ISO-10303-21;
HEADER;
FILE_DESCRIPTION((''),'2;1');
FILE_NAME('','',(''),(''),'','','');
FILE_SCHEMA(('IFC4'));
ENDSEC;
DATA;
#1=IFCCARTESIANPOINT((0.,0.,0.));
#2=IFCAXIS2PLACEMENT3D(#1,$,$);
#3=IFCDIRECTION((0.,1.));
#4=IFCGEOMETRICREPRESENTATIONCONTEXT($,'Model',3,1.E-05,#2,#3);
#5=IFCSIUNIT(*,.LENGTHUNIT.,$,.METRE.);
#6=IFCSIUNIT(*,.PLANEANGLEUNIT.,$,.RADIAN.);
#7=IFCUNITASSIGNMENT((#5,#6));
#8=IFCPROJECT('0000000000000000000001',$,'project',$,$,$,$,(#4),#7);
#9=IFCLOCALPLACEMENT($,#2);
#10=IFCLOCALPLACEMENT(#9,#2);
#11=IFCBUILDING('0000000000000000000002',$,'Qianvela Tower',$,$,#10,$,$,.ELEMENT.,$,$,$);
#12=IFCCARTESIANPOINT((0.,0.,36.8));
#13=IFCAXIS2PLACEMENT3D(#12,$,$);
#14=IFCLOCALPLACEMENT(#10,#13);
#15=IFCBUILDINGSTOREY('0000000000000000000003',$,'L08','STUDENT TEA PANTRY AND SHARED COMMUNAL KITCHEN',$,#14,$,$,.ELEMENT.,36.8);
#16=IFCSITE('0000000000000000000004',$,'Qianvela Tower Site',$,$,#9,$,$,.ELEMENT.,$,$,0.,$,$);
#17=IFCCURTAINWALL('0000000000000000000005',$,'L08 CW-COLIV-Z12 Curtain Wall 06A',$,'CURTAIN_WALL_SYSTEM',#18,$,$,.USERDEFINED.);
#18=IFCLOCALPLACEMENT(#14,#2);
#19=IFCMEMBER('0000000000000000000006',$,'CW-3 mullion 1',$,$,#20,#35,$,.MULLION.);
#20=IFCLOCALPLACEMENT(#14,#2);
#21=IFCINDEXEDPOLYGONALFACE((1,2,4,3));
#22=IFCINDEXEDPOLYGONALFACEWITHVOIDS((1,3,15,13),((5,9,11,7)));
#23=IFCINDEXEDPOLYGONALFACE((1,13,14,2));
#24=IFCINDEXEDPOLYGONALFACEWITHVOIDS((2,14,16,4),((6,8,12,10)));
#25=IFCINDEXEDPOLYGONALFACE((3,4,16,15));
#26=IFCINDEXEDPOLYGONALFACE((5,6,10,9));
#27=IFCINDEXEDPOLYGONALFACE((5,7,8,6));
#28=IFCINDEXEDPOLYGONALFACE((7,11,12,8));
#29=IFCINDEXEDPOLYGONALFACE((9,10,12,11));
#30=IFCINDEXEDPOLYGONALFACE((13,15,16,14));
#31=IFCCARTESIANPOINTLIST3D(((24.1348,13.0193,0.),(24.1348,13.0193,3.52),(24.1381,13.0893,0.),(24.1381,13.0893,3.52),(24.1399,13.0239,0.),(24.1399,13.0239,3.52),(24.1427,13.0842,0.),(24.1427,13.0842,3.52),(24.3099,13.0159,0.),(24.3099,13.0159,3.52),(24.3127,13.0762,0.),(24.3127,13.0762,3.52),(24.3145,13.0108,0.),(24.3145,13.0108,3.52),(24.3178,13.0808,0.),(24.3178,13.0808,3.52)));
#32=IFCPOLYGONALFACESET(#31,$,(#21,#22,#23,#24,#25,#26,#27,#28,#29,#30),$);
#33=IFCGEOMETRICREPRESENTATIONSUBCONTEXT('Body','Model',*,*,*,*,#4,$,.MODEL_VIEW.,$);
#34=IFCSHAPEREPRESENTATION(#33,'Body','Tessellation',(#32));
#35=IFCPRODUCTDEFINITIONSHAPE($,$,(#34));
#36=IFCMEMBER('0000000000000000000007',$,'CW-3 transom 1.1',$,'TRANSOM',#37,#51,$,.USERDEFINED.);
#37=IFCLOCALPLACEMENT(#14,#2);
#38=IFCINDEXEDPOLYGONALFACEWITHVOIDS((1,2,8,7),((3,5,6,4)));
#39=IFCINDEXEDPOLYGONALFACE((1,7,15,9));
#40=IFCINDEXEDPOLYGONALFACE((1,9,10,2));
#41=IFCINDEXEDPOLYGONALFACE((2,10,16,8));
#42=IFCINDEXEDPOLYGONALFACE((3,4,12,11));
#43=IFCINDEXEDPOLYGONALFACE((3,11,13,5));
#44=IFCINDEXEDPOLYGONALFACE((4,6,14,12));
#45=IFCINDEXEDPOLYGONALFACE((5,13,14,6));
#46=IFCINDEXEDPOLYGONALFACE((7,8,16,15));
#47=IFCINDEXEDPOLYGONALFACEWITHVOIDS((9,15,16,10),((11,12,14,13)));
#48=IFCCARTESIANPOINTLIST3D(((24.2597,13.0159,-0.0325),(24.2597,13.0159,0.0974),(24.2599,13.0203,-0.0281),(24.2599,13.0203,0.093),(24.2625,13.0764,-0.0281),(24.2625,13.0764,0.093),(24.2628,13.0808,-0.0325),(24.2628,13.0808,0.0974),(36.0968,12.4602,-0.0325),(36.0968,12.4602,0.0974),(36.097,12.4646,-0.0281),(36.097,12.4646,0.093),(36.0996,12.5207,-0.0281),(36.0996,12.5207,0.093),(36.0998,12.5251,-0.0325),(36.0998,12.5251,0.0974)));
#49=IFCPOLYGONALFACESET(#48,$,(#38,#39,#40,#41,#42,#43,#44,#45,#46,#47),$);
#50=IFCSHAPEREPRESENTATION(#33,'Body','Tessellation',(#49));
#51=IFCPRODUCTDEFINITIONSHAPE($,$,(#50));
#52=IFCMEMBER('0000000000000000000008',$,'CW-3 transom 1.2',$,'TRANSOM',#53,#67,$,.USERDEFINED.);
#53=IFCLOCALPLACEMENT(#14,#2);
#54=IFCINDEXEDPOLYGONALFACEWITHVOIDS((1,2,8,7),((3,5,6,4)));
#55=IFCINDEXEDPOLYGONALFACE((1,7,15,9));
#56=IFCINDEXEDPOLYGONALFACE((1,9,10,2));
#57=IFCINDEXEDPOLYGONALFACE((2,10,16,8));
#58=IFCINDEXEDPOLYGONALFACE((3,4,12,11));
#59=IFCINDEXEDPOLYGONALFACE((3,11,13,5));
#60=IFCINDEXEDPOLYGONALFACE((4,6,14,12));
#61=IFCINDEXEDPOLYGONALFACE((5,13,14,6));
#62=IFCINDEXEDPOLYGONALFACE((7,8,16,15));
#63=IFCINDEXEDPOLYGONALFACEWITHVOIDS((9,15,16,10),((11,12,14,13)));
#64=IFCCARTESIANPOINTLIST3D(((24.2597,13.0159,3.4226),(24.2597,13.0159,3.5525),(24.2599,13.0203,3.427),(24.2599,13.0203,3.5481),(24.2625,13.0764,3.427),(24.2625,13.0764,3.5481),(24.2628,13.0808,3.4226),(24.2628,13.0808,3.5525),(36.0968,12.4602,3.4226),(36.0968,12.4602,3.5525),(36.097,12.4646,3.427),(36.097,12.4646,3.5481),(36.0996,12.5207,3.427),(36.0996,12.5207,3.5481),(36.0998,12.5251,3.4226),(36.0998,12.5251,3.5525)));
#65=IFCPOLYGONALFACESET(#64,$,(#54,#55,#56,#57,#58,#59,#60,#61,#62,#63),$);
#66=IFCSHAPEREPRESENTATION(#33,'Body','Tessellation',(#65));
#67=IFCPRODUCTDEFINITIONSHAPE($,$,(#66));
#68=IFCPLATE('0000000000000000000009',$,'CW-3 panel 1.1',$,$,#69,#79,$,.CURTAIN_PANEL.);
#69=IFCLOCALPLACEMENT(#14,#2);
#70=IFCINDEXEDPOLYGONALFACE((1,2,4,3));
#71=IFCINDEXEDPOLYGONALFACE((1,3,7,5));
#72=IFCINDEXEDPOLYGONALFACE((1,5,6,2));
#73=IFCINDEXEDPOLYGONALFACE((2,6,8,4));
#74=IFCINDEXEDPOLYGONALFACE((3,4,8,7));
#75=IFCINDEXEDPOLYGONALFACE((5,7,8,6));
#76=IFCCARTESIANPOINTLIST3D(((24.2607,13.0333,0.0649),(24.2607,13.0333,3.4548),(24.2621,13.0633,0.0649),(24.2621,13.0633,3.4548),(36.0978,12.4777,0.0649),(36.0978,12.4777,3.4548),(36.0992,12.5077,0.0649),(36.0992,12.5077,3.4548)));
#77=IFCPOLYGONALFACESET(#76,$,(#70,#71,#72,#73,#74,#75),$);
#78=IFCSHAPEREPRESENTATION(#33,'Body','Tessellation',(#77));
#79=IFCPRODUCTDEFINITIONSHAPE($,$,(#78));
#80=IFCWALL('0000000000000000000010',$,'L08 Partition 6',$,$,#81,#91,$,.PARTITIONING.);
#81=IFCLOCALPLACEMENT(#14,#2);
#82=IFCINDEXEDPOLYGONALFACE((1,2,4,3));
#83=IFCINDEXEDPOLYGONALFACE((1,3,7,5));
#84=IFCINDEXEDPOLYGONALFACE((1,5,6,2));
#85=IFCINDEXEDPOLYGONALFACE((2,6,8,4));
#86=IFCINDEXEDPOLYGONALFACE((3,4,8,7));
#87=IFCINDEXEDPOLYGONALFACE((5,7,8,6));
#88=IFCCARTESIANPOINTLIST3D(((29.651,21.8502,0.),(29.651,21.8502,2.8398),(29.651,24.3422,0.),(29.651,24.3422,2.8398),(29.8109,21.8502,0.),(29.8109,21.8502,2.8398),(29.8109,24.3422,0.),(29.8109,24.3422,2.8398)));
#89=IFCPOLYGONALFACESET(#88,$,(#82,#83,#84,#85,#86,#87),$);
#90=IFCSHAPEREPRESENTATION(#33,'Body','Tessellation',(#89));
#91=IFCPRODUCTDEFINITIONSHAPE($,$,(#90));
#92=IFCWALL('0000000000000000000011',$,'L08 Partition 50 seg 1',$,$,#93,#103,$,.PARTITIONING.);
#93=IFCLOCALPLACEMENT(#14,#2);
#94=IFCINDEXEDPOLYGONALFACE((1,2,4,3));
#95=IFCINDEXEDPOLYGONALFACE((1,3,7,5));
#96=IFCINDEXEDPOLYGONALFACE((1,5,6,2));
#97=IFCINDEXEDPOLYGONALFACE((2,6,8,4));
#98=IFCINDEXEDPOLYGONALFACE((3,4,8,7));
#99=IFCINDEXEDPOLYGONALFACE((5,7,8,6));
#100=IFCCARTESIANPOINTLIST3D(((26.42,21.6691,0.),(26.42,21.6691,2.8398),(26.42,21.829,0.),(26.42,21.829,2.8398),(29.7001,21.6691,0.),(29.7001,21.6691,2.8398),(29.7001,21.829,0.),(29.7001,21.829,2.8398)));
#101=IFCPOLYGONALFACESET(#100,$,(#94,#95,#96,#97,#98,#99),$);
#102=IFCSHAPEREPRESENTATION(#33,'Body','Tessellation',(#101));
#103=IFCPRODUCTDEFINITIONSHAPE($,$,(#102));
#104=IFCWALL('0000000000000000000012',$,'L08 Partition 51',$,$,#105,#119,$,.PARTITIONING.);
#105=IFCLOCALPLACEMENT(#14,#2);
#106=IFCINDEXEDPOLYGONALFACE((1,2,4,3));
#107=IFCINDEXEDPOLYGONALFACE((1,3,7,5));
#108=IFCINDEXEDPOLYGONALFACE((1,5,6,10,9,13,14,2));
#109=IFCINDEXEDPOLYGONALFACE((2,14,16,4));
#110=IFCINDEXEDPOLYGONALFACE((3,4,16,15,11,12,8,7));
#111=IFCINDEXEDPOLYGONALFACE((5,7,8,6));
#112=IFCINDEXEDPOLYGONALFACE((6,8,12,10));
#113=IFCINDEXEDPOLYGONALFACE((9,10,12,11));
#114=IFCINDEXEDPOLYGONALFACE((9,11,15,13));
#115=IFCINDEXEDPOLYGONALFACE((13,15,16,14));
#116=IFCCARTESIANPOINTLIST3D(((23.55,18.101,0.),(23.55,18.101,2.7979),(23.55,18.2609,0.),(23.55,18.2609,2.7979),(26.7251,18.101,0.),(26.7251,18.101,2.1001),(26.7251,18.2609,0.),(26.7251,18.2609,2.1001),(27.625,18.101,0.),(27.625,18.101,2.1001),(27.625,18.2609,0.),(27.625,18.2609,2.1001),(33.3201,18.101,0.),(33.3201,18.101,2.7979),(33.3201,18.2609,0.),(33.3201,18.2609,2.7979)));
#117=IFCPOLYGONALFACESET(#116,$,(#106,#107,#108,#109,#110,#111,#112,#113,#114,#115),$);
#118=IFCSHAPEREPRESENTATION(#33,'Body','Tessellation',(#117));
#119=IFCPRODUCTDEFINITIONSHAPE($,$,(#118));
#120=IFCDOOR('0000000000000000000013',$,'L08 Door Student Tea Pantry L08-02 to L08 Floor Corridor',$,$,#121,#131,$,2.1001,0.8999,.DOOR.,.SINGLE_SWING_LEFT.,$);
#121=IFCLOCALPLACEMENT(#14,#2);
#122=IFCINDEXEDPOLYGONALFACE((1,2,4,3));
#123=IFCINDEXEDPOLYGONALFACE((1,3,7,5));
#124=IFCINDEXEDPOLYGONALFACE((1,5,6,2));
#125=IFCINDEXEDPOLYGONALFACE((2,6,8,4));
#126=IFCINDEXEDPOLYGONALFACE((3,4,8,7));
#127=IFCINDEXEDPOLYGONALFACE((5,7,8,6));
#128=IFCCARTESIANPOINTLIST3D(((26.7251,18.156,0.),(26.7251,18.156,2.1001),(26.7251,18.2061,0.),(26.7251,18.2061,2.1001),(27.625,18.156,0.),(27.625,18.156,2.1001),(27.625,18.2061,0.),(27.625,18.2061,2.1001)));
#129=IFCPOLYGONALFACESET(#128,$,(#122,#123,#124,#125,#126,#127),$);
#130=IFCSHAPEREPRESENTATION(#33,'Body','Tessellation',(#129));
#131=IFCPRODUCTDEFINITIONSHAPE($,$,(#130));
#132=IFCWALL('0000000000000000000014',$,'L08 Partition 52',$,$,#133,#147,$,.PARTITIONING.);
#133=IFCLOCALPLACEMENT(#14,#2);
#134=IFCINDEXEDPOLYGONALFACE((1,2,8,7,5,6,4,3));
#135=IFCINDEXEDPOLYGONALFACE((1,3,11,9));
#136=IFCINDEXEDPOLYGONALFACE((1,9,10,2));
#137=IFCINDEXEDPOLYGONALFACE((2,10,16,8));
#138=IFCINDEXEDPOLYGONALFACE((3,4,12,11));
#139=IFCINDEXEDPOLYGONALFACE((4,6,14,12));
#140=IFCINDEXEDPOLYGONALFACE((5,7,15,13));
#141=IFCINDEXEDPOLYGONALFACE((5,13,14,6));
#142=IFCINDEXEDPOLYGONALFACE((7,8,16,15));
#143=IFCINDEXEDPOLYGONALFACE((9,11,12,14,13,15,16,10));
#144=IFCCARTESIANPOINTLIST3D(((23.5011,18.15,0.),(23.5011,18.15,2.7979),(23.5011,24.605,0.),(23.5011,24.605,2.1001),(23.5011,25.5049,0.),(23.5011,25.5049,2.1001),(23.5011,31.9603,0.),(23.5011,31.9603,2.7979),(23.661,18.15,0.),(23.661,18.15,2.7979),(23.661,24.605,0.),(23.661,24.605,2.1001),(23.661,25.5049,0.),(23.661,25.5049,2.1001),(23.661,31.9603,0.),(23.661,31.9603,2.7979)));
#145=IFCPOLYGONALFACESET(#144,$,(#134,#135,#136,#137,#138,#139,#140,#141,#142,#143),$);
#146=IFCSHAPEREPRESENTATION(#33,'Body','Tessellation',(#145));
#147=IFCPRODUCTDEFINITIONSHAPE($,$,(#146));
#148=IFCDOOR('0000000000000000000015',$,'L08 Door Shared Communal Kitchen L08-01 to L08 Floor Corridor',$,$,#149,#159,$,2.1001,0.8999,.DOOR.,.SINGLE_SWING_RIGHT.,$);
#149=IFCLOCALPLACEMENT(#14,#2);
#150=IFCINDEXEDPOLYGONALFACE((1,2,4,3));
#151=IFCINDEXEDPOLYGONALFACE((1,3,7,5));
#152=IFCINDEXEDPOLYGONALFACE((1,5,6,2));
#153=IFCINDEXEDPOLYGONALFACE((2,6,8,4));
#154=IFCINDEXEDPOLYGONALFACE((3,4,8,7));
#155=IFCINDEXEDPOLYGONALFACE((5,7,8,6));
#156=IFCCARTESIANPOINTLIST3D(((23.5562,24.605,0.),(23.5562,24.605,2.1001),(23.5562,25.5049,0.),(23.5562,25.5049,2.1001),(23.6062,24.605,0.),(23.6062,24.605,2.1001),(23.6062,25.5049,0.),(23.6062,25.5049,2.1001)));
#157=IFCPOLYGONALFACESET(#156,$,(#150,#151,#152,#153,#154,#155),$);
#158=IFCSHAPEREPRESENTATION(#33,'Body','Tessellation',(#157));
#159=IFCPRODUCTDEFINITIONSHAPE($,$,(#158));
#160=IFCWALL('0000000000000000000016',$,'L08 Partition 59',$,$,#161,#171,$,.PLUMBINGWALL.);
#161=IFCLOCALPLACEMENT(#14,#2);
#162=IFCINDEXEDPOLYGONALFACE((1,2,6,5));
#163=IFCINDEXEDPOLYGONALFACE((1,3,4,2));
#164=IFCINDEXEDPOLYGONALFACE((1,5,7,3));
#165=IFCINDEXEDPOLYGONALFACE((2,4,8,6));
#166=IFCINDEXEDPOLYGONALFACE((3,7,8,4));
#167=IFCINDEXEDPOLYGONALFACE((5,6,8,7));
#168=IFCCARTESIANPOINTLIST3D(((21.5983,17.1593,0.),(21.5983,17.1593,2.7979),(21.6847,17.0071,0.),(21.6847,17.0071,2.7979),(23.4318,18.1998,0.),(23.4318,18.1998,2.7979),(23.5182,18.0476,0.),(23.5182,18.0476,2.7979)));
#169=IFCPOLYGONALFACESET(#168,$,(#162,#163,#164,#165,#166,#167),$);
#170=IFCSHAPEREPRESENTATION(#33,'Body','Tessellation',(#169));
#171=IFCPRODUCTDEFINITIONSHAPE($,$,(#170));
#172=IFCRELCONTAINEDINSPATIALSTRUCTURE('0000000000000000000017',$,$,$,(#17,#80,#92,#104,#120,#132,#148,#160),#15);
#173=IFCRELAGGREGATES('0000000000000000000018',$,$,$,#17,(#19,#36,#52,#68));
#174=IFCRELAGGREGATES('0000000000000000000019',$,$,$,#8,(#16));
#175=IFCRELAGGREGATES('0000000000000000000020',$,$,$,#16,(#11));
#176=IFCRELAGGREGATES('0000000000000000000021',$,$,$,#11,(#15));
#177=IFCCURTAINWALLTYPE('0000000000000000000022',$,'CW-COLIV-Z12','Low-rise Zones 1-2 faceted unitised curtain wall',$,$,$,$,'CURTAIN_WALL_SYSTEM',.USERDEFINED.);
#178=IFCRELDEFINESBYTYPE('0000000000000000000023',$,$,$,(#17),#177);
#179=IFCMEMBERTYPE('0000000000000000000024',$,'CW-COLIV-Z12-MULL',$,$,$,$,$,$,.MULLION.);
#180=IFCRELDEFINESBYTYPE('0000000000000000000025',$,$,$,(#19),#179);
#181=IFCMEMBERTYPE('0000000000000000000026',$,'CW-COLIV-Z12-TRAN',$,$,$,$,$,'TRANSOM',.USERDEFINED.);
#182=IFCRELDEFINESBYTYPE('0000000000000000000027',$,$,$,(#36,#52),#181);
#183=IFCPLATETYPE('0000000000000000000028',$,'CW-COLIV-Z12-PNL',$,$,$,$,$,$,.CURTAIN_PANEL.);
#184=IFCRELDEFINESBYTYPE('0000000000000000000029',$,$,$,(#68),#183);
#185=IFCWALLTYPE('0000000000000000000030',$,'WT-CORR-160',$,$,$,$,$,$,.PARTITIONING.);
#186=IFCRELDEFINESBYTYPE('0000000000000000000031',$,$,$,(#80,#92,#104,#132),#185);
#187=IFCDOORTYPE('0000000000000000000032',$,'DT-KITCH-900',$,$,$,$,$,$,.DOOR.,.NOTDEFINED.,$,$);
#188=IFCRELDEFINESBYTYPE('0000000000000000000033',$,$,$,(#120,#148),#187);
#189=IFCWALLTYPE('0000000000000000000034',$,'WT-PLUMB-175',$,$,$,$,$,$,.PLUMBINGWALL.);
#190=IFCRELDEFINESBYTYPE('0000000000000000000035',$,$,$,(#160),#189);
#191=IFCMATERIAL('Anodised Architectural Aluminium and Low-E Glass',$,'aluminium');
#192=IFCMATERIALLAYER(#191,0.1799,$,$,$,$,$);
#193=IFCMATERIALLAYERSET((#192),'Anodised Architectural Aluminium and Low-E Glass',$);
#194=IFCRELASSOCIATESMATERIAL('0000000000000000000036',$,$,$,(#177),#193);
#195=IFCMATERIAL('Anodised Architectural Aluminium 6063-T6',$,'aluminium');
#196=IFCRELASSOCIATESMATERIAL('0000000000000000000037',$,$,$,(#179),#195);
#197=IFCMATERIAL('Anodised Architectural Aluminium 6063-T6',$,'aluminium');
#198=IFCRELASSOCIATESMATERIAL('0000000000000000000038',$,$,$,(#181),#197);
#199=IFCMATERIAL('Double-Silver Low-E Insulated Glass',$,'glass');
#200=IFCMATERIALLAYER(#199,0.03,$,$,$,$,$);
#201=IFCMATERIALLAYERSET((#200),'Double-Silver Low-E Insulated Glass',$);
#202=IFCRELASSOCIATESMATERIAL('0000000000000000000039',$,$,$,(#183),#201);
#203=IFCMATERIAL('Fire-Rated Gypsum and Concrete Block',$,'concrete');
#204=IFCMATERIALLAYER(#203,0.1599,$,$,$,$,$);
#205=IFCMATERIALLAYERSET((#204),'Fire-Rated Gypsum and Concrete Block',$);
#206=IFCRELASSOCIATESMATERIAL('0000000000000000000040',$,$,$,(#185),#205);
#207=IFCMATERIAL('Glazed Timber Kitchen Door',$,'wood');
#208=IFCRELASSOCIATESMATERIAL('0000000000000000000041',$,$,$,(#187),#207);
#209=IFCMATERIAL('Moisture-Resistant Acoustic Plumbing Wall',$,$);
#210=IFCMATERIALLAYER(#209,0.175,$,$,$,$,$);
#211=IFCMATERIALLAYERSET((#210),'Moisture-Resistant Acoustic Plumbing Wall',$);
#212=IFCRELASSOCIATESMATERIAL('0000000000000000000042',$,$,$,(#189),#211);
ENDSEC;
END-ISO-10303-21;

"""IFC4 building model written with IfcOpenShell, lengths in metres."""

from ifc_helpers import new_model, si_unit, direction, frame, frame_2d, origin, origin_2d, place, context, subcontext, project, spatial, rectangle, hollow_rectangle, extrude, material, layer, layer_set, material_profile, profile_set, type_object, element, fill, aggregate, save


model = new_model("IFC4")

# Units and contexts
model_context = context("Model", 3, precision=1e-05, world=origin(), true_north=direction((0.0, 1.0)))
body_context = subcontext(model_context, "Body", "Model", "MODEL_VIEW")
ifc_project = project(units=[si_unit("LENGTHUNIT", "METRE"), si_unit("PLANEANGLEUNIT", "RADIAN")], contexts=[model_context])

# Site, building, storey
site_placement = place(None, origin())
site = spatial("IfcSite", under=ifc_project, at=site_placement, Name="Qianvela Tower Site", CompositionType="ELEMENT", RefElevation=0.0)
building_placement = place(site_placement, origin())
building = spatial("IfcBuilding", under=site, at=building_placement, Name="Qianvela Tower", CompositionType="ELEMENT")
storey_placement = place(building_placement, frame((0.0, 0.0, 36.8)))
storey = spatial("IfcBuildingStorey", under=building, at=storey_placement, Name="L08", Description="STUDENT TEA PANTRY AND SHARED COMMUNAL KITCHEN", CompositionType="ELEMENT", Elevation=36.8)

# Curtain wall, members, plate
ifc_material_1 = material(Name="Anodised Architectural Aluminium and Low-E Glass", Category="aluminium")
ifc_layer_1 = layer(ifc_material_1, 0.1799)
ifc_layer_set_1 = layer_set([ifc_layer_1], Name="Anodised Architectural Aluminium and Low-E Glass")
curtain_wall_type = type_object("IfcCurtainWallType", Name="CW-COLIV-Z12", Description="Low-rise Zones 1-2 faceted unitised curtain wall", ElementType="CURTAIN_WALL_SYSTEM", PredefinedType="USERDEFINED", material=ifc_layer_set_1)
curtain_wall_placement = place(storey_placement, origin())
curtain_wall = element("IfcCurtainWall", 1, at=curtain_wall_placement, inside=storey, type_object=curtain_wall_type, Name="L08 CW-COLIV-Z12 Curtain Wall 06A", ObjectType="CURTAIN_WALL_SYSTEM", PredefinedType="USERDEFINED")
ifc_material_2 = material(Name="Anodised Architectural Aluminium 6063-T6", Category="aluminium")
ifc_material_profile_1 = material_profile(ifc_material_2, hollow_rectangle(XDim=0.0701, YDim=0.1799, WallThickness=0.0049, at=origin_2d()), Name="ALU-MULL-70x180")
ifc_profile_set_1 = profile_set([ifc_material_profile_1], Name="Anodised Architectural Aluminium 6063-T6")
member_type_1 = type_object("IfcMemberType", Name="CW-COLIV-Z12-MULL", PredefinedType="MULLION", material=ifc_profile_set_1)
member_1_placement = place(storey_placement, frame((24.2263, 13.05, 0.0), z_axis=(0.0, 0.0, 1.0), x_axis=(0.04688, 0.998901, 0.0)))
member_1 = element("IfcMember", 2, at=member_1_placement, type_object=member_type_1, Name="CW-3 mullion 1", PredefinedType="MULLION", context=body_context, shape_type="SweptSolid", body=[
    extrude(hollow_rectangle(XDim=0.0701, YDim=0.1799, WallThickness=0.0049, at=origin_2d()), origin(), (0.0, 0.0, 1.0), 3.52),
])
ifc_material_3 = material(Name="Anodised Architectural Aluminium 6063-T6", Category="aluminium")
ifc_material_profile_2 = material_profile(ifc_material_3, hollow_rectangle(XDim=0.0649, YDim=0.1299, WallThickness=0.0044, at=origin_2d()), Name="ALU-TRAN-65x130")
ifc_profile_set_2 = profile_set([ifc_material_profile_2], Name="Anodised Architectural Aluminium 6063-T6")
member_type_2 = type_object("IfcMemberType", Name="CW-COLIV-Z12-TRAN", ElementType="TRANSOM", PredefinedType="USERDEFINED", material=ifc_profile_set_2)
member_2_placement = place(storey_placement, frame((24.2612, 13.0483, 0.0325), z_axis=(0.9989, -0.046891, 0.0), x_axis=(0.046891, 0.9989, 0.0)))
member_2 = element("IfcMember", 3, at=member_2_placement, type_object=member_type_2, Name="CW-3 transom 1.1", ObjectType="TRANSOM", PredefinedType="USERDEFINED", context=body_context, shape_type="SweptSolid", body=[
    extrude(hollow_rectangle(XDim=0.0649, YDim=0.1299, WallThickness=0.0044, at=origin_2d()), origin(), (0.0, 0.0, 1.0), 11.8501),
])
member_3_placement = place(storey_placement, frame((24.2612, 13.0483, 3.4875), z_axis=(0.9989, -0.046891, 0.0), x_axis=(0.046891, 0.9989, 0.0)))
member_3 = element("IfcMember", 4, at=member_3_placement, type_object=member_type_2, Name="CW-3 transom 1.2", ObjectType="TRANSOM", PredefinedType="USERDEFINED", context=body_context, shape_type="SweptSolid", body=[
    extrude(hollow_rectangle(XDim=0.0649, YDim=0.1299, WallThickness=0.0044, at=origin_2d()), origin(), (0.0, 0.0, 1.0), 11.8501),
])
ifc_material_4 = material(Name="Double-Silver Low-E Insulated Glass", Category="glass")
ifc_layer_2 = layer(ifc_material_4, 0.03)
ifc_layer_set_2 = layer_set([ifc_layer_2], Name="Double-Silver Low-E Insulated Glass")
plate_type = type_object("IfcPlateType", Name="CW-COLIV-Z12-PNL", PredefinedType="CURTAIN_PANEL", material=ifc_layer_set_2)
plate_placement = place(storey_placement, frame((30.1799, 12.7705, 0.0649), z_axis=(0.0, 0.0, 1.0), x_axis=(0.998901, -0.04688, 0.0)))
plate = element("IfcPlate", 5, at=plate_placement, type_object=plate_type, Name="CW-3 panel 1.1", PredefinedType="CURTAIN_PANEL", context=body_context, shape_type="SweptSolid", body=[
    extrude(rectangle(XDim=11.8501, YDim=0.03, at=origin_2d()), origin(), (0.0, 0.0, 1.0), 3.3899),
])
aggregate(curtain_wall, [member_1, member_2, member_3, plate])

# Shared definitions
ifc_material_5 = material(Name="Fire-Rated Gypsum and Concrete Block", Category="concrete")
ifc_layer_3 = layer(ifc_material_5, 0.1599)
ifc_layer_set_3 = layer_set([ifc_layer_3], Name="Fire-Rated Gypsum and Concrete Block")
wall_type_1 = type_object("IfcWallType", Name="WT-CORR-160", PredefinedType="PARTITIONING", material=ifc_layer_set_3)

# Walls
wall_1_placement = place(storey_placement, frame((29.731, 21.8501, 0.0), z_axis=(0.0, 0.0, 1.0), x_axis=(0.0, 1.0, 0.0)))
element("IfcWall", 6, at=wall_1_placement, inside=storey, type_object=wall_type_1, Name="L08 Partition 6", PredefinedType="PARTITIONING", context=body_context, shape_type="SweptSolid", body=[
    extrude(rectangle(XDim=2.4919, YDim=0.1599, at=frame_2d((1.2461, 0.0))), origin(), (0.0, 0.0, 1.0), 2.8398),
])
wall_2_placement = place(storey_placement, frame((26.4199, 21.749, 0.0), z_axis=(0.0, 0.0, 1.0), x_axis=(1.0, 0.0, 0.0)))
element("IfcWall", 7, at=wall_2_placement, inside=storey, type_object=wall_type_1, Name="L08 Partition 50 seg 1", PredefinedType="PARTITIONING", context=body_context, shape_type="SweptSolid", body=[
    extrude(rectangle(XDim=3.28, YDim=0.1599, at=frame_2d((1.6401, 0.0))), origin(), (0.0, 0.0, 1.0), 2.8398),
])

# Walls, openings, doors
wall_3_placement = place(storey_placement, frame((33.3201, 18.1809, 0.0), z_axis=(0.0, 0.0, 1.0), x_axis=(-1.0, 0.0, 0.0)))
wall_3 = element("IfcWall", 8, at=wall_3_placement, inside=storey, type_object=wall_type_1, Name="L08 Partition 51", PredefinedType="PARTITIONING", context=body_context, shape_type="SweptSolid", body=[
    extrude(rectangle(XDim=9.77, YDim=0.1599, at=frame_2d((4.885, 0.0))), origin(), (0.0, 0.0, 1.0), 2.7979),
])
opening_1_placement = place(wall_3_placement, frame((5.6951, 0.0, 0.0)))
opening_1 = element("IfcOpeningElement", 9, at=opening_1_placement, cuts=wall_3, PredefinedType="OPENING", context=body_context, shape_type="SweptSolid", body=[
    extrude(rectangle(XDim=0.8999, YDim=2.1001, at=frame_2d((0.45, 1.05))), frame((0.0, 0.0898, 0.0), z_axis=(0.0, -1.0, 0.0), x_axis=(1.0, 0.0, 0.0)), (0.0, 0.0, 1.0), 0.1799),
])
ifc_material_6 = material(Name="Glazed Timber Kitchen Door", Category="wood")
door_type_1 = type_object("IfcDoorType", Name="DT-KITCH-900", OperationType="NOTDEFINED", PredefinedType="DOOR", material=ifc_material_6)
door_1_placement = place(opening_1_placement, origin())
door_1 = element("IfcDoor", 10, at=door_1_placement, inside=storey, type_object=door_type_1, Name="L08 Door Student Tea Pantry L08-02 to L08 Floor Corridor", OperationType="SINGLE_SWING_LEFT", OverallHeight=2.1001, OverallWidth=0.8999, PredefinedType="DOOR", context=body_context, shape_type="SweptSolid", body=[
    extrude(rectangle(XDim=0.8999, YDim=2.1001, at=frame_2d((0.45, 1.05))), frame((0.0, 0.0249, 0.0), z_axis=(0.0, -1.0, 0.0), x_axis=(1.0, 0.0, 0.0)), (0.0, 0.0, 1.0), 0.05),
])
fill(opening_1, door_1)
wall_4_placement = place(storey_placement, frame((23.5811, 18.1499, 0.0), z_axis=(0.0, 0.0, 1.0), x_axis=(0.0, 1.0, 0.0)))
wall_4 = element("IfcWall", 11, at=wall_4_placement, inside=storey, type_object=wall_type_1, Name="L08 Partition 52", PredefinedType="PARTITIONING", context=body_context, shape_type="SweptSolid", body=[
    extrude(rectangle(XDim=13.8103, YDim=0.1599, at=frame_2d((6.9053, 0.0))), origin(), (0.0, 0.0, 1.0), 2.7979),
])
opening_2_placement = place(wall_4_placement, frame((6.4551, 0.0, 0.0)))
opening_2 = element("IfcOpeningElement", 12, at=opening_2_placement, cuts=wall_4, PredefinedType="OPENING", context=body_context, shape_type="SweptSolid", body=[
    extrude(rectangle(XDim=0.8999, YDim=2.1001, at=frame_2d((0.45, 1.05))), frame((0.0, 0.0898, 0.0), z_axis=(0.0, -1.0, 0.0), x_axis=(1.0, 0.0, 0.0)), (0.0, 0.0, 1.0), 0.1799),
])
door_2_placement = place(opening_2_placement, origin())
door_2 = element("IfcDoor", 13, at=door_2_placement, inside=storey, type_object=door_type_1, Name="L08 Door Shared Communal Kitchen L08-01 to L08 Floor Corridor", OperationType="SINGLE_SWING_RIGHT", OverallHeight=2.1001, OverallWidth=0.8999, PredefinedType="DOOR", context=body_context, shape_type="SweptSolid", body=[
    extrude(rectangle(XDim=0.8999, YDim=2.1001, at=frame_2d((0.45, 1.05))), frame((0.0, 0.0249, 0.0), z_axis=(0.0, -1.0, 0.0), x_axis=(1.0, 0.0, 0.0)), (0.0, 0.0, 1.0), 0.05),
])
fill(opening_2, door_2)

# Wall
ifc_material_7 = material(Name="Moisture-Resistant Acoustic Plumbing Wall")
ifc_layer_4 = layer(ifc_material_7, 0.175)
ifc_layer_set_4 = layer_set([ifc_layer_4], Name="Moisture-Resistant Acoustic Plumbing Wall")
wall_type_2 = type_object("IfcWallType", Name="WT-PLUMB-175", PredefinedType="PLUMBINGWALL", material=ifc_layer_set_4)
wall_5_placement = place(storey_placement, frame((23.4751, 18.1238, 0.0), z_axis=(0.0, 0.0, 1.0), x_axis=(-0.869707, -0.493568, 0.0)))
element("IfcWall", 14, at=wall_5_placement, inside=storey, type_object=wall_type_2, Name="L08 Partition 59", PredefinedType="PLUMBINGWALL", context=body_context, shape_type="SweptSolid", body=[
    extrude(rectangle(XDim=2.1082, YDim=0.175, at=frame_2d((1.0542, 0.0))), origin(), (0.0, 0.0, 1.0), 2.7979),
])

save(model, "model.ifc")
